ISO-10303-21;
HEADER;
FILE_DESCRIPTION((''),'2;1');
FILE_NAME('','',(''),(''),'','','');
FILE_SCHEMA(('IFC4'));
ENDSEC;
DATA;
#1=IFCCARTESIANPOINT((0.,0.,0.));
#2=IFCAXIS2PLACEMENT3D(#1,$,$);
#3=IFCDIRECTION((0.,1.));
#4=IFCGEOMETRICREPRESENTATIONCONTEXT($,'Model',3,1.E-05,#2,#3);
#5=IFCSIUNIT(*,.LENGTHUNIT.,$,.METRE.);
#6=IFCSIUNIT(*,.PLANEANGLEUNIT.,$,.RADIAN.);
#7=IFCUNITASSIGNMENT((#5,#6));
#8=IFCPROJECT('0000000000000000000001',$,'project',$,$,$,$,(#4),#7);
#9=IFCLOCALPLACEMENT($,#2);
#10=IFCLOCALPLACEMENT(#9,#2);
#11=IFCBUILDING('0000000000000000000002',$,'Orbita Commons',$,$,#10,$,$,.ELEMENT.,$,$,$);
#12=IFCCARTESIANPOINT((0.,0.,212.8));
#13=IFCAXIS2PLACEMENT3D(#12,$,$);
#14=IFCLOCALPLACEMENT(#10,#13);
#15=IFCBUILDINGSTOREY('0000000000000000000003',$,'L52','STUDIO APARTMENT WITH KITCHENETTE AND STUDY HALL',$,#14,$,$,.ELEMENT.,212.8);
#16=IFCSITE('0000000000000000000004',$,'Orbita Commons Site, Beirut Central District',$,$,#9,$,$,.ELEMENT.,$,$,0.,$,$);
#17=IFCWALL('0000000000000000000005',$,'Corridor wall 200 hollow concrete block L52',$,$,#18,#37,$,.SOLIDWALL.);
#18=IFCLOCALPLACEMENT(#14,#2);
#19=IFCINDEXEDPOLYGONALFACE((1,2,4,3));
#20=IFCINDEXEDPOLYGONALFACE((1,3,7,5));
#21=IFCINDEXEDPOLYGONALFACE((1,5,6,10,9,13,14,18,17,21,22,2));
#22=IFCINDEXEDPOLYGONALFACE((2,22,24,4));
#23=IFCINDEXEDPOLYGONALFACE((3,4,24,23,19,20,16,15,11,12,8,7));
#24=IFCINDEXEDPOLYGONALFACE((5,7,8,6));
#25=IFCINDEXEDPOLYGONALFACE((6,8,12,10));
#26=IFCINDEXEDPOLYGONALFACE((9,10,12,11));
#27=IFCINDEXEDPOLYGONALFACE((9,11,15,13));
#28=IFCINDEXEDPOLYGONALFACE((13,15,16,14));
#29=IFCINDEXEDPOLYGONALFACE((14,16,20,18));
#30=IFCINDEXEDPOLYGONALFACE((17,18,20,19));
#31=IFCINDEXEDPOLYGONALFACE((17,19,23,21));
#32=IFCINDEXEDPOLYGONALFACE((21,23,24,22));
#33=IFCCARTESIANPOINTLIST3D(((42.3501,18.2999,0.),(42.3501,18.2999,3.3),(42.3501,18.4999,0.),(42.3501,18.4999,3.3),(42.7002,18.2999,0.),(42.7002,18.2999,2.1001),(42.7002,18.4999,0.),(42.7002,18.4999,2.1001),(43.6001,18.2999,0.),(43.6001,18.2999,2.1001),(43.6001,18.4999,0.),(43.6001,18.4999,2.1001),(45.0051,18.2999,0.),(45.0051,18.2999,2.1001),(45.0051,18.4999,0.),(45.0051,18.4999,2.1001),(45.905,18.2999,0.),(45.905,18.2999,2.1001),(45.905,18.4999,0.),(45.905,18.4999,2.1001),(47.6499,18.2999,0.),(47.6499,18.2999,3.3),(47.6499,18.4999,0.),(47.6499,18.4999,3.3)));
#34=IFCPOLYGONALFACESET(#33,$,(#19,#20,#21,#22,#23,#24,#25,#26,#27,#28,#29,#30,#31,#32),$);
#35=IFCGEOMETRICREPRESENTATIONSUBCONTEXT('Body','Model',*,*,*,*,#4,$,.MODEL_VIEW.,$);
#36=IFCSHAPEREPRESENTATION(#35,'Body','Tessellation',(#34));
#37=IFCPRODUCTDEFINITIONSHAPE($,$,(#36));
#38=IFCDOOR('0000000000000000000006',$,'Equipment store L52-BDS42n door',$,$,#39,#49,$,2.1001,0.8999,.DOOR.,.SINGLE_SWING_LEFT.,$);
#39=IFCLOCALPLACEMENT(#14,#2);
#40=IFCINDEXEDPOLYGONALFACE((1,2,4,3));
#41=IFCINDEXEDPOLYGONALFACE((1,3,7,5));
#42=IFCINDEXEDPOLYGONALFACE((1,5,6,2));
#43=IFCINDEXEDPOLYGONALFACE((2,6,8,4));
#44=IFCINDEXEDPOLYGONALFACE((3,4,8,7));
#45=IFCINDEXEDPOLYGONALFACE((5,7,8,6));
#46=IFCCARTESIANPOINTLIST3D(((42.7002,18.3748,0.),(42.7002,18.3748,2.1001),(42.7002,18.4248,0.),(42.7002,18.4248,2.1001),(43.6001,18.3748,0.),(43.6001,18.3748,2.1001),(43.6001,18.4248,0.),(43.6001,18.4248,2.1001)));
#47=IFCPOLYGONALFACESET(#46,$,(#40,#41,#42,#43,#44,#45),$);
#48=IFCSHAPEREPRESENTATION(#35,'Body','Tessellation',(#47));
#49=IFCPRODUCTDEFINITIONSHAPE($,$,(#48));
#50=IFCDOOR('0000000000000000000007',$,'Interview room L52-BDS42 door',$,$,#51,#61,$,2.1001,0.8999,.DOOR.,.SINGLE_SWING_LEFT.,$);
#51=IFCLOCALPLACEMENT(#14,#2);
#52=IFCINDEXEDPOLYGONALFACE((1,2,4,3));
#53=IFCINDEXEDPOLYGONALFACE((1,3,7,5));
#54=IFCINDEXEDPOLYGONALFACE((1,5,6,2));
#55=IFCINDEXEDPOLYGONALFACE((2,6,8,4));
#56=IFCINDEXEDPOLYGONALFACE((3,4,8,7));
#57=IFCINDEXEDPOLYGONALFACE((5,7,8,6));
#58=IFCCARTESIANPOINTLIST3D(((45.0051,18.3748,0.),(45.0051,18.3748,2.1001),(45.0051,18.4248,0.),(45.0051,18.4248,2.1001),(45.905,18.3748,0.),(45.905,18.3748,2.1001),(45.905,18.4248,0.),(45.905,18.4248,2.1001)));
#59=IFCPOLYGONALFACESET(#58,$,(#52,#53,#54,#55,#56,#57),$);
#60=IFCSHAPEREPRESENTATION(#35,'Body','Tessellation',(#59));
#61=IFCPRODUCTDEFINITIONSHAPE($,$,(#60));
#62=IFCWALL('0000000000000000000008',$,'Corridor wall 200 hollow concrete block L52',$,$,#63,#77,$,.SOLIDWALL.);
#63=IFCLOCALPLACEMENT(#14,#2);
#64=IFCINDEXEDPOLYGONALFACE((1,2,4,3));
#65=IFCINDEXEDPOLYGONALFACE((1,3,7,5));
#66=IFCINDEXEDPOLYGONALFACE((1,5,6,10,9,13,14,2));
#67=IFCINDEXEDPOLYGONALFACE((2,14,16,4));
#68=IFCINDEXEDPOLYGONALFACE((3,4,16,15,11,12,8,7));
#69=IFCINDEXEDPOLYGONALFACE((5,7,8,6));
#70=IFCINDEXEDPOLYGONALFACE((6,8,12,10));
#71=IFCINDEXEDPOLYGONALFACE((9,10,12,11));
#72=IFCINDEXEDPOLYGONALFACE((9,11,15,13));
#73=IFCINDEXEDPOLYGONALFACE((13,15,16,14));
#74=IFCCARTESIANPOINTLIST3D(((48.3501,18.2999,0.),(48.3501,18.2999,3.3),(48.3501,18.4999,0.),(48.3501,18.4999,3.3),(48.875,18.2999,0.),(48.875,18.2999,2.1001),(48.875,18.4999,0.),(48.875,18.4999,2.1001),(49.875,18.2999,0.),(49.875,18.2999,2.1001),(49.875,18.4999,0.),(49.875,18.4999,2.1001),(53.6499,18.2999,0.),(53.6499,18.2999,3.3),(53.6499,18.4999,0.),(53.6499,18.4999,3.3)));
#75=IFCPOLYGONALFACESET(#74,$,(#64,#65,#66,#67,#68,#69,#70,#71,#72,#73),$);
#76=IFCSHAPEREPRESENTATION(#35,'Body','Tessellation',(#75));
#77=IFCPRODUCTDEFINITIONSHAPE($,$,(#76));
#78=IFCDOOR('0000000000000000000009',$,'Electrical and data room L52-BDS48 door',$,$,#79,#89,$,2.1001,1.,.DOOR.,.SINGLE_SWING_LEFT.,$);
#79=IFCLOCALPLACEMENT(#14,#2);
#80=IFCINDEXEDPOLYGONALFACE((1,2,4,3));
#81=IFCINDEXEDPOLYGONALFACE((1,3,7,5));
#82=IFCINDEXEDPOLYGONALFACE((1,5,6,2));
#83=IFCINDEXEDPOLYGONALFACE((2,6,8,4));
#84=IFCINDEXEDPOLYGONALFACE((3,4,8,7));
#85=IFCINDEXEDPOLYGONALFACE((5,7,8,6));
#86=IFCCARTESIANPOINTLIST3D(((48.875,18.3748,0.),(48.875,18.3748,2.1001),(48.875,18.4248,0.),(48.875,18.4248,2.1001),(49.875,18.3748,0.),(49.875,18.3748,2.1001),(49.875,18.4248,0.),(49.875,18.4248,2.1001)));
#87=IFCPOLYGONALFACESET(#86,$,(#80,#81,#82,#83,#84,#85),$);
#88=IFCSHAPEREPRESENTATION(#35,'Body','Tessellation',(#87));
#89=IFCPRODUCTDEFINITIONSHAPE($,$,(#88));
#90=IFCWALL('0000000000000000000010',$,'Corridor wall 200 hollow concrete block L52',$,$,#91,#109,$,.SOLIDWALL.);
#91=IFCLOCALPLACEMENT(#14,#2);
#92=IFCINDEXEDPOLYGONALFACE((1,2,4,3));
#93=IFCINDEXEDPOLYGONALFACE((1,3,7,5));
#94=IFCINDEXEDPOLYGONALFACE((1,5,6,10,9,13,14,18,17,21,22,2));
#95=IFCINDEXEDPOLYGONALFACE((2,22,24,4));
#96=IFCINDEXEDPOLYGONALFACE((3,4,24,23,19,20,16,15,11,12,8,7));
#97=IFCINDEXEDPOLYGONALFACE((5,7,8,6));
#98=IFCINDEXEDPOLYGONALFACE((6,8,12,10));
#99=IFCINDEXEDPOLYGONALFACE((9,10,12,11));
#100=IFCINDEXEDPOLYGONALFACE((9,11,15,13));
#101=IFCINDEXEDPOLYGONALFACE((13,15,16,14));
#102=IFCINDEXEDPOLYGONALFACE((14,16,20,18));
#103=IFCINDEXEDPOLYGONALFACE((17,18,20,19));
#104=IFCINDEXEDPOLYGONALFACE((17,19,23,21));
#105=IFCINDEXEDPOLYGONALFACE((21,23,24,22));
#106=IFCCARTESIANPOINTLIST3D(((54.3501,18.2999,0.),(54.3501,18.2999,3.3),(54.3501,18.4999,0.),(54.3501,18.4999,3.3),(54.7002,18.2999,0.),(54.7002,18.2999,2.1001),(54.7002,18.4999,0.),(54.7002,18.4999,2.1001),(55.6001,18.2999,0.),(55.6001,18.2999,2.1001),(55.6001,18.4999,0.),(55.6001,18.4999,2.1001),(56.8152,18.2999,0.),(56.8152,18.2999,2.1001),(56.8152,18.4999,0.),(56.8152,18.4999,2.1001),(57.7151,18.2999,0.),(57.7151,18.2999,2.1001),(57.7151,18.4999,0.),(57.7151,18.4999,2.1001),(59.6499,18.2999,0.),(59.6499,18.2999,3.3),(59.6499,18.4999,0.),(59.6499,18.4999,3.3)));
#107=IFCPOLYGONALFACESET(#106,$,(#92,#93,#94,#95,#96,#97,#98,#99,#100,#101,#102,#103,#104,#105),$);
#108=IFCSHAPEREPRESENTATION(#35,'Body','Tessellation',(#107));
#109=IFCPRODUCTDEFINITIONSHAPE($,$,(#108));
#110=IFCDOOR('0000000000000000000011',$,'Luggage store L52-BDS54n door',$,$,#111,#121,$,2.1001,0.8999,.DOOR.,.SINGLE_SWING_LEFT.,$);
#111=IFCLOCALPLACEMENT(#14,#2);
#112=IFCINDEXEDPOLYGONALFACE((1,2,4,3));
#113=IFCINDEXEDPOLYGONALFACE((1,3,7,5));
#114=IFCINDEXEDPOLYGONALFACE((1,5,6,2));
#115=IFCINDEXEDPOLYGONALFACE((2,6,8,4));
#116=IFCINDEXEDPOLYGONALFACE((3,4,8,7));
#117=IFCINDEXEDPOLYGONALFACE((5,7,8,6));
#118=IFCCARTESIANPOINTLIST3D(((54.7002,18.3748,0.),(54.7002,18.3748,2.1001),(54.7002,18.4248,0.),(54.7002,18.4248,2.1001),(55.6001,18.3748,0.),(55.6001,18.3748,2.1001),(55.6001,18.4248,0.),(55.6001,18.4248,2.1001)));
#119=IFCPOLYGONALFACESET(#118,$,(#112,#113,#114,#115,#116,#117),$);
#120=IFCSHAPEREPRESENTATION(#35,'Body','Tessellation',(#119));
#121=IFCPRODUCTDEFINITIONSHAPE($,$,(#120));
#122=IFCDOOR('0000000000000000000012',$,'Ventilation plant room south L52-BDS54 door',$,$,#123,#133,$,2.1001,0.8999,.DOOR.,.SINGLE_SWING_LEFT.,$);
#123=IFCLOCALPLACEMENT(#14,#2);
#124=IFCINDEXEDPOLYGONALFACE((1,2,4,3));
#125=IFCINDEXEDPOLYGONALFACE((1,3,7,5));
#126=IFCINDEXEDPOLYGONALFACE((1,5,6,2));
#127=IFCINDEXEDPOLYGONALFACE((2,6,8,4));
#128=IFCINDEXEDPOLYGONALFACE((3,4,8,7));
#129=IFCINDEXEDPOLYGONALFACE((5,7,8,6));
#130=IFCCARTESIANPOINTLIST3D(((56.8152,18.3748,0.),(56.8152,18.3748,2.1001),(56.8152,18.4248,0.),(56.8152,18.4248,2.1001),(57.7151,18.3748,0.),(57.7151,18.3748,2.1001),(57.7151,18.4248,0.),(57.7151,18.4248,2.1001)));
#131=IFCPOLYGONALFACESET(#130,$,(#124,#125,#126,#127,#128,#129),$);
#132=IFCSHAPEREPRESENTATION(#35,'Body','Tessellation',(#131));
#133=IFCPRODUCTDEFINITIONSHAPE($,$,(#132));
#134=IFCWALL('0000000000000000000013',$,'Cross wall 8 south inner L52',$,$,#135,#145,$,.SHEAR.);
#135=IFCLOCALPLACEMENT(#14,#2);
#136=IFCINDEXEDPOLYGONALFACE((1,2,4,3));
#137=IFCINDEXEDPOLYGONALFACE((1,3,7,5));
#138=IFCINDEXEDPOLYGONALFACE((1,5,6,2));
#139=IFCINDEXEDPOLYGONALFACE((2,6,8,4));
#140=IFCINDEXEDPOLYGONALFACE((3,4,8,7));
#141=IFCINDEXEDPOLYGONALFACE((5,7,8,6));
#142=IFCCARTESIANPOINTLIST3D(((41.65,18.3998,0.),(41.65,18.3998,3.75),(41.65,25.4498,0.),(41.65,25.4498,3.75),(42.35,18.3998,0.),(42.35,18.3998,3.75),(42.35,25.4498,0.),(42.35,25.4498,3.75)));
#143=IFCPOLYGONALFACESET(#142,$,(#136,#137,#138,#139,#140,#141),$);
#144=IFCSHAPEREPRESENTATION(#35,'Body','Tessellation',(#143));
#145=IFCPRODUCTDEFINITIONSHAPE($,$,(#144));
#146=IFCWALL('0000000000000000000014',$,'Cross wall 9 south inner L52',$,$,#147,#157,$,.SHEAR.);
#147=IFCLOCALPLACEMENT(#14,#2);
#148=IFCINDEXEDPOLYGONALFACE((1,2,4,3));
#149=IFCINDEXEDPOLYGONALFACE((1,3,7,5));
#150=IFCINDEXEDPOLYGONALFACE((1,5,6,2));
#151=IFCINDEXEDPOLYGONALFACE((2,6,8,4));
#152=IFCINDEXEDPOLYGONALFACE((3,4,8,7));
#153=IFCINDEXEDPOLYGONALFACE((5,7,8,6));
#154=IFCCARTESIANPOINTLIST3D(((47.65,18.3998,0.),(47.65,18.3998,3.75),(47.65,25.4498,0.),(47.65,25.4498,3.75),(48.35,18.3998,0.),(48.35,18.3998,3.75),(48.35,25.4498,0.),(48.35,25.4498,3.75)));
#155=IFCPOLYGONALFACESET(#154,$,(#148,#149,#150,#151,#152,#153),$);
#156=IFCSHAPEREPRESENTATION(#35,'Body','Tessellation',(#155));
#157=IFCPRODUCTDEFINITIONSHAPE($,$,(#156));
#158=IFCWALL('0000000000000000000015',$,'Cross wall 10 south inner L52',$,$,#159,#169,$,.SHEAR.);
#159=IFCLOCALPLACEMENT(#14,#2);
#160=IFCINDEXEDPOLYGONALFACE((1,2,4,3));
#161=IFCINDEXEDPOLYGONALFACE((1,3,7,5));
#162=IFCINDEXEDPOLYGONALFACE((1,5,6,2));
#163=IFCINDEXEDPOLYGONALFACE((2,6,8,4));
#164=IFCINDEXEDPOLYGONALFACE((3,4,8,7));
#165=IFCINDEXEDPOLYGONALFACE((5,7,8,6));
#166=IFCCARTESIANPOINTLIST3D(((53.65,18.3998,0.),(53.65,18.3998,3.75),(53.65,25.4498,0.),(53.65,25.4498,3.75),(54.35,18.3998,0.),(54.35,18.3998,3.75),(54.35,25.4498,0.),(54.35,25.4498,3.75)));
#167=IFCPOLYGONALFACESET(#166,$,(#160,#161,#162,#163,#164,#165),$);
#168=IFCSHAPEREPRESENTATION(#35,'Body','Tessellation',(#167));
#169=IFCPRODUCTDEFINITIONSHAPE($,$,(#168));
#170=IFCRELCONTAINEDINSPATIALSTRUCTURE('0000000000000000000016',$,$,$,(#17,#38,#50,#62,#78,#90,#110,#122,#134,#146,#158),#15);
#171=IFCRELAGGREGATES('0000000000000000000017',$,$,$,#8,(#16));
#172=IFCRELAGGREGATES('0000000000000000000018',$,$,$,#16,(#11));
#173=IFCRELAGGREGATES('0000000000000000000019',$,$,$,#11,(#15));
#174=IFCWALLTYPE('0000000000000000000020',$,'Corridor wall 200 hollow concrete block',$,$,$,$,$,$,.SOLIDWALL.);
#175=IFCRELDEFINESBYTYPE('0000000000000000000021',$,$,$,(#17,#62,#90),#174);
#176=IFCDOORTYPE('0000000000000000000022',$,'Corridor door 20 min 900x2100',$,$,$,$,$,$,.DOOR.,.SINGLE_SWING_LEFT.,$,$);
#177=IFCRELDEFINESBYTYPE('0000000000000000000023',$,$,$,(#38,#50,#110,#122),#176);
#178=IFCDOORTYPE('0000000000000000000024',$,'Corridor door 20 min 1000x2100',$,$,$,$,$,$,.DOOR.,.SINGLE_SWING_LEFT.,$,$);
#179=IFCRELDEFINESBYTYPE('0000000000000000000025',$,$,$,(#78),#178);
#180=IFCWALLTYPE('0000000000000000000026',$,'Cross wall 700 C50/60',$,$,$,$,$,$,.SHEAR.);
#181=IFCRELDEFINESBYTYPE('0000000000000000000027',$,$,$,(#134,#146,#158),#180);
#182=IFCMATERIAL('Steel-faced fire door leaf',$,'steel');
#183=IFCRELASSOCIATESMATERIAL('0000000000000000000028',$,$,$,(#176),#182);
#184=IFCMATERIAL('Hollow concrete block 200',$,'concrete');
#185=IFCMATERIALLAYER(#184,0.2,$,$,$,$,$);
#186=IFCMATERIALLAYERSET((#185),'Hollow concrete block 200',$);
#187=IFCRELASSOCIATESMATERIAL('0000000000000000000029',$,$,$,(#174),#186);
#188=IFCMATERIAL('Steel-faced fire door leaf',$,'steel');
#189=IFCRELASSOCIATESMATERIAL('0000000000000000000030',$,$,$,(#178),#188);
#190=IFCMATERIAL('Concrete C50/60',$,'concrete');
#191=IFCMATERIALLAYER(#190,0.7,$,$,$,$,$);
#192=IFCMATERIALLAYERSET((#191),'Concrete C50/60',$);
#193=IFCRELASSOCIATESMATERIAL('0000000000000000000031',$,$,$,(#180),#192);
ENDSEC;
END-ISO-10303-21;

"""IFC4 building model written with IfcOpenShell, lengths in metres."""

from ifc_helpers import new_model, si_unit, direction, frame, frame_2d, origin, place, context, subcontext, project, spatial, rectangle, extrude, material, layer, layer_set, type_object, element, fill, save


model = new_model("IFC4")

# Units and contexts
model_context = context("Model", 3, precision=1e-05, world=origin(), true_north=direction((0.0, 1.0)))
body_context = subcontext(model_context, "Body", "Model", "MODEL_VIEW")
ifc_project = project(units=[si_unit("LENGTHUNIT", "METRE"), si_unit("PLANEANGLEUNIT", "RADIAN")], contexts=[model_context])

# Site, building, storey
site_placement = place(None, origin())
site = spatial("IfcSite", under=ifc_project, at=site_placement, Name="Orbita Commons Site, Beirut Central District", CompositionType="ELEMENT", RefElevation=0.0)
building_placement = place(site_placement, origin())
building = spatial("IfcBuilding", under=site, at=building_placement, Name="Orbita Commons", CompositionType="ELEMENT")
storey_placement = place(building_placement, frame((0.0, 0.0, 212.8)))
storey = spatial("IfcBuildingStorey", under=building, at=storey_placement, Name="L52", Description="STUDIO APARTMENT WITH KITCHENETTE AND STUDY HALL", CompositionType="ELEMENT", Elevation=212.8)

# Shared definitions
ifc_material_1 = material(Name="Steel-faced fire door leaf", Category="steel")
door_type_1 = type_object("IfcDoorType", Name="Corridor door 20 min 900x2100", OperationType="SINGLE_SWING_LEFT", PredefinedType="DOOR", material=ifc_material_1)

# Wall, openings, doors
ifc_material_2 = material(Name="Hollow concrete block 200", Category="concrete")
ifc_layer_1 = layer(ifc_material_2, 0.2)
ifc_layer_set_1 = layer_set([ifc_layer_1], Name="Hollow concrete block 200")
wall_type_1 = type_object("IfcWallType", Name="Corridor wall 200 hollow concrete block", PredefinedType="SOLIDWALL", material=ifc_layer_set_1)
wall_1_placement = place(storey_placement, frame((42.3501, 18.3999, 0.0), z_axis=(0.0, 0.0, 1.0), x_axis=(1.0, 0.0, 0.0)))
wall_1 = element("IfcWall", 1, at=wall_1_placement, inside=storey, type_object=wall_type_1, Name="Corridor wall 200 hollow concrete block L52", PredefinedType="SOLIDWALL", context=body_context, shape_type="SweptSolid", body=[
    extrude(rectangle(XDim=5.2998, YDim=0.2, at=frame_2d((2.6499, 0.0))), origin(), (0.0, 0.0, 1.0), 3.3),
])
opening_1_placement = place(wall_1_placement, frame((0.3501, 0.0, 0.0)))
opening_1 = element("IfcOpeningElement", 2, at=opening_1_placement, cuts=wall_1, PredefinedType="OPENING", context=body_context, shape_type="SweptSolid", body=[
    extrude(rectangle(XDim=0.8999, YDim=2.1001, at=frame_2d((0.45, 1.05))), frame((0.0, 0.1099, 0.0), z_axis=(0.0, -1.0, 0.0), x_axis=(1.0, 0.0, 0.0)), (0.0, 0.0, 1.0), 0.22),
])
opening_2_placement = place(wall_1_placement, frame((2.655, 0.0, 0.0)))
opening_2 = element("IfcOpeningElement", 3, at=opening_2_placement, cuts=wall_1, PredefinedType="OPENING", context=body_context, shape_type="SweptSolid", body=[
    extrude(rectangle(XDim=0.8999, YDim=2.1001, at=frame_2d((0.45, 1.05))), frame((0.0, 0.1099, 0.0), z_axis=(0.0, -1.0, 0.0), x_axis=(1.0, 0.0, 0.0)), (0.0, 0.0, 1.0), 0.22),
])
door_1_placement = place(opening_1_placement, origin())
door_1 = element("IfcDoor", 4, at=door_1_placement, inside=storey, type_object=door_type_1, Name="Equipment store L52-BDS42n door", OperationType="SINGLE_SWING_LEFT", OverallHeight=2.1001, OverallWidth=0.8999, PredefinedType="DOOR", context=body_context, shape_type="SweptSolid", body=[
    extrude(rectangle(XDim=0.8999, YDim=2.1001, at=frame_2d((0.45, 1.05))), frame((0.0, 0.0249, 0.0), z_axis=(0.0, -1.0, 0.0), x_axis=(1.0, 0.0, 0.0)), (0.0, 0.0, 1.0), 0.05),
])
fill(opening_1, door_1)
door_2_placement = place(opening_2_placement, origin())
door_2 = element("IfcDoor", 5, at=door_2_placement, inside=storey, type_object=door_type_1, Name="Interview room L52-BDS42 door", OperationType="SINGLE_SWING_LEFT", OverallHeight=2.1001, OverallWidth=0.8999, PredefinedType="DOOR", context=body_context, shape_type="SweptSolid", body=[
    extrude(rectangle(XDim=0.8999, YDim=2.1001, at=frame_2d((0.45, 1.05))), frame((0.0, 0.0249, 0.0), z_axis=(0.0, -1.0, 0.0), x_axis=(1.0, 0.0, 0.0)), (0.0, 0.0, 1.0), 0.05),
])
fill(opening_2, door_2)

# Wall, opening, door
wall_2_placement = place(storey_placement, frame((48.3501, 18.3999, 0.0), z_axis=(0.0, 0.0, 1.0), x_axis=(1.0, 0.0, 0.0)))
wall_2 = element("IfcWall", 6, at=wall_2_placement, inside=storey, type_object=wall_type_1, Name="Corridor wall 200 hollow concrete block L52", PredefinedType="SOLIDWALL", context=body_context, shape_type="SweptSolid", body=[
    extrude(rectangle(XDim=5.2998, YDim=0.2, at=frame_2d((2.6499, 0.0))), origin(), (0.0, 0.0, 1.0), 3.3),
])
opening_3_placement = place(wall_2_placement, frame((0.5249, 0.0, 0.0)))
opening_3 = element("IfcOpeningElement", 7, at=opening_3_placement, cuts=wall_2, PredefinedType="OPENING", context=body_context, shape_type="SweptSolid", body=[
    extrude(rectangle(XDim=1.0, YDim=2.1001, at=frame_2d((0.5, 1.05))), frame((0.0, 0.1099, 0.0), z_axis=(0.0, -1.0, 0.0), x_axis=(1.0, 0.0, 0.0)), (0.0, 0.0, 1.0), 0.22),
])
ifc_material_3 = material(Name="Steel-faced fire door leaf", Category="steel")
door_type_2 = type_object("IfcDoorType", Name="Corridor door 20 min 1000x2100", OperationType="SINGLE_SWING_LEFT", PredefinedType="DOOR", material=ifc_material_3)
door_3_placement = place(opening_3_placement, origin())
door_3 = element("IfcDoor", 8, at=door_3_placement, inside=storey, type_object=door_type_2, Name="Electrical and data room L52-BDS48 door", OperationType="SINGLE_SWING_LEFT", OverallHeight=2.1001, OverallWidth=1.0, PredefinedType="DOOR", context=body_context, shape_type="SweptSolid", body=[
    extrude(rectangle(XDim=1.0, YDim=2.1001, at=frame_2d((0.5, 1.05))), frame((0.0, 0.0249, 0.0), z_axis=(0.0, -1.0, 0.0), x_axis=(1.0, 0.0, 0.0)), (0.0, 0.0, 1.0), 0.05),
])
fill(opening_3, door_3)

# Wall, openings, doors
wall_3_placement = place(storey_placement, frame((54.3501, 18.3999, 0.0), z_axis=(0.0, 0.0, 1.0), x_axis=(1.0, 0.0, 0.0)))
wall_3 = element("IfcWall", 9, at=wall_3_placement, inside=storey, type_object=wall_type_1, Name="Corridor wall 200 hollow concrete block L52", PredefinedType="SOLIDWALL", context=body_context, shape_type="SweptSolid", body=[
    extrude(rectangle(XDim=5.2998, YDim=0.2, at=frame_2d((2.6499, 0.0))), origin(), (0.0, 0.0, 1.0), 3.3),
])
opening_4_placement = place(wall_3_placement, frame((0.3501, 0.0, 0.0)))
opening_4 = element("IfcOpeningElement", 10, at=opening_4_placement, cuts=wall_3, PredefinedType="OPENING", context=body_context, shape_type="SweptSolid", body=[
    extrude(rectangle(XDim=0.8999, YDim=2.1001, at=frame_2d((0.45, 1.05))), frame((0.0, 0.1099, 0.0), z_axis=(0.0, -1.0, 0.0), x_axis=(1.0, 0.0, 0.0)), (0.0, 0.0, 1.0), 0.22),
])
opening_5_placement = place(wall_3_placement, frame((2.4651, 0.0, 0.0)))
opening_5 = element("IfcOpeningElement", 11, at=opening_5_placement, cuts=wall_3, PredefinedType="OPENING", context=body_context, shape_type="SweptSolid", body=[
    extrude(rectangle(XDim=0.8999, YDim=2.1001, at=frame_2d((0.45, 1.05))), frame((0.0, 0.1099, 0.0), z_axis=(0.0, -1.0, 0.0), x_axis=(1.0, 0.0, 0.0)), (0.0, 0.0, 1.0), 0.22),
])
door_4_placement = place(opening_4_placement, origin())
door_4 = element("IfcDoor", 12, at=door_4_placement, inside=storey, type_object=door_type_1, Name="Luggage store L52-BDS54n door", OperationType="SINGLE_SWING_LEFT", OverallHeight=2.1001, OverallWidth=0.8999, PredefinedType="DOOR", context=body_context, shape_type="SweptSolid", body=[
    extrude(rectangle(XDim=0.8999, YDim=2.1001, at=frame_2d((0.45, 1.05))), frame((0.0, 0.0249, 0.0), z_axis=(0.0, -1.0, 0.0), x_axis=(1.0, 0.0, 0.0)), (0.0, 0.0, 1.0), 0.05),
])
fill(opening_4, door_4)
door_5_placement = place(opening_5_placement, origin())
door_5 = element("IfcDoor", 13, at=door_5_placement, inside=storey, type_object=door_type_1, Name="Ventilation plant room south L52-BDS54 door", OperationType="SINGLE_SWING_LEFT", OverallHeight=2.1001, OverallWidth=0.8999, PredefinedType="DOOR", context=body_context, shape_type="SweptSolid", body=[
    extrude(rectangle(XDim=0.8999, YDim=2.1001, at=frame_2d((0.45, 1.05))), frame((0.0, 0.0249, 0.0), z_axis=(0.0, -1.0, 0.0), x_axis=(1.0, 0.0, 0.0)), (0.0, 0.0, 1.0), 0.05),
])
fill(opening_5, door_5)

# Walls
ifc_material_4 = material(Name="Concrete C50/60", Category="concrete")
ifc_layer_2 = layer(ifc_material_4, 0.7)
ifc_layer_set_2 = layer_set([ifc_layer_2], Name="Concrete C50/60")
wall_type_2 = type_object("IfcWallType", Name="Cross wall 700 C50/60", PredefinedType="SHEAR", material=ifc_layer_set_2)
for number, where, z_axis, x_axis, name in (
    (14, (42.0, 18.3999, 0.0), (0.0, 0.0, 1.0), (0.0, 1.0, 0.0), "Cross wall 8 south inner L52"),
    (15, (48.0, 18.3999, 0.0), (0.0, 0.0, 1.0), (0.0, 1.0, 0.0), "Cross wall 9 south inner L52"),
    (16, (54.0, 18.3999, 0.0), (0.0, 0.0, 1.0), (0.0, 1.0, 0.0), "Cross wall 10 south inner L52"),
):
    element("IfcWall", number, at=place(storey_placement, frame(where, z_axis=z_axis, x_axis=x_axis)), inside=storey, type_object=wall_type_2, Name=name, PredefinedType="SHEAR", context=body_context, shape_type="SweptSolid", body=[
        extrude(rectangle(XDim=7.05, YDim=0.7, at=frame_2d((3.5249, 0.0))), origin(), (0.0, 0.0, 1.0), 3.75),
    ])

save(model, "model.ifc")
